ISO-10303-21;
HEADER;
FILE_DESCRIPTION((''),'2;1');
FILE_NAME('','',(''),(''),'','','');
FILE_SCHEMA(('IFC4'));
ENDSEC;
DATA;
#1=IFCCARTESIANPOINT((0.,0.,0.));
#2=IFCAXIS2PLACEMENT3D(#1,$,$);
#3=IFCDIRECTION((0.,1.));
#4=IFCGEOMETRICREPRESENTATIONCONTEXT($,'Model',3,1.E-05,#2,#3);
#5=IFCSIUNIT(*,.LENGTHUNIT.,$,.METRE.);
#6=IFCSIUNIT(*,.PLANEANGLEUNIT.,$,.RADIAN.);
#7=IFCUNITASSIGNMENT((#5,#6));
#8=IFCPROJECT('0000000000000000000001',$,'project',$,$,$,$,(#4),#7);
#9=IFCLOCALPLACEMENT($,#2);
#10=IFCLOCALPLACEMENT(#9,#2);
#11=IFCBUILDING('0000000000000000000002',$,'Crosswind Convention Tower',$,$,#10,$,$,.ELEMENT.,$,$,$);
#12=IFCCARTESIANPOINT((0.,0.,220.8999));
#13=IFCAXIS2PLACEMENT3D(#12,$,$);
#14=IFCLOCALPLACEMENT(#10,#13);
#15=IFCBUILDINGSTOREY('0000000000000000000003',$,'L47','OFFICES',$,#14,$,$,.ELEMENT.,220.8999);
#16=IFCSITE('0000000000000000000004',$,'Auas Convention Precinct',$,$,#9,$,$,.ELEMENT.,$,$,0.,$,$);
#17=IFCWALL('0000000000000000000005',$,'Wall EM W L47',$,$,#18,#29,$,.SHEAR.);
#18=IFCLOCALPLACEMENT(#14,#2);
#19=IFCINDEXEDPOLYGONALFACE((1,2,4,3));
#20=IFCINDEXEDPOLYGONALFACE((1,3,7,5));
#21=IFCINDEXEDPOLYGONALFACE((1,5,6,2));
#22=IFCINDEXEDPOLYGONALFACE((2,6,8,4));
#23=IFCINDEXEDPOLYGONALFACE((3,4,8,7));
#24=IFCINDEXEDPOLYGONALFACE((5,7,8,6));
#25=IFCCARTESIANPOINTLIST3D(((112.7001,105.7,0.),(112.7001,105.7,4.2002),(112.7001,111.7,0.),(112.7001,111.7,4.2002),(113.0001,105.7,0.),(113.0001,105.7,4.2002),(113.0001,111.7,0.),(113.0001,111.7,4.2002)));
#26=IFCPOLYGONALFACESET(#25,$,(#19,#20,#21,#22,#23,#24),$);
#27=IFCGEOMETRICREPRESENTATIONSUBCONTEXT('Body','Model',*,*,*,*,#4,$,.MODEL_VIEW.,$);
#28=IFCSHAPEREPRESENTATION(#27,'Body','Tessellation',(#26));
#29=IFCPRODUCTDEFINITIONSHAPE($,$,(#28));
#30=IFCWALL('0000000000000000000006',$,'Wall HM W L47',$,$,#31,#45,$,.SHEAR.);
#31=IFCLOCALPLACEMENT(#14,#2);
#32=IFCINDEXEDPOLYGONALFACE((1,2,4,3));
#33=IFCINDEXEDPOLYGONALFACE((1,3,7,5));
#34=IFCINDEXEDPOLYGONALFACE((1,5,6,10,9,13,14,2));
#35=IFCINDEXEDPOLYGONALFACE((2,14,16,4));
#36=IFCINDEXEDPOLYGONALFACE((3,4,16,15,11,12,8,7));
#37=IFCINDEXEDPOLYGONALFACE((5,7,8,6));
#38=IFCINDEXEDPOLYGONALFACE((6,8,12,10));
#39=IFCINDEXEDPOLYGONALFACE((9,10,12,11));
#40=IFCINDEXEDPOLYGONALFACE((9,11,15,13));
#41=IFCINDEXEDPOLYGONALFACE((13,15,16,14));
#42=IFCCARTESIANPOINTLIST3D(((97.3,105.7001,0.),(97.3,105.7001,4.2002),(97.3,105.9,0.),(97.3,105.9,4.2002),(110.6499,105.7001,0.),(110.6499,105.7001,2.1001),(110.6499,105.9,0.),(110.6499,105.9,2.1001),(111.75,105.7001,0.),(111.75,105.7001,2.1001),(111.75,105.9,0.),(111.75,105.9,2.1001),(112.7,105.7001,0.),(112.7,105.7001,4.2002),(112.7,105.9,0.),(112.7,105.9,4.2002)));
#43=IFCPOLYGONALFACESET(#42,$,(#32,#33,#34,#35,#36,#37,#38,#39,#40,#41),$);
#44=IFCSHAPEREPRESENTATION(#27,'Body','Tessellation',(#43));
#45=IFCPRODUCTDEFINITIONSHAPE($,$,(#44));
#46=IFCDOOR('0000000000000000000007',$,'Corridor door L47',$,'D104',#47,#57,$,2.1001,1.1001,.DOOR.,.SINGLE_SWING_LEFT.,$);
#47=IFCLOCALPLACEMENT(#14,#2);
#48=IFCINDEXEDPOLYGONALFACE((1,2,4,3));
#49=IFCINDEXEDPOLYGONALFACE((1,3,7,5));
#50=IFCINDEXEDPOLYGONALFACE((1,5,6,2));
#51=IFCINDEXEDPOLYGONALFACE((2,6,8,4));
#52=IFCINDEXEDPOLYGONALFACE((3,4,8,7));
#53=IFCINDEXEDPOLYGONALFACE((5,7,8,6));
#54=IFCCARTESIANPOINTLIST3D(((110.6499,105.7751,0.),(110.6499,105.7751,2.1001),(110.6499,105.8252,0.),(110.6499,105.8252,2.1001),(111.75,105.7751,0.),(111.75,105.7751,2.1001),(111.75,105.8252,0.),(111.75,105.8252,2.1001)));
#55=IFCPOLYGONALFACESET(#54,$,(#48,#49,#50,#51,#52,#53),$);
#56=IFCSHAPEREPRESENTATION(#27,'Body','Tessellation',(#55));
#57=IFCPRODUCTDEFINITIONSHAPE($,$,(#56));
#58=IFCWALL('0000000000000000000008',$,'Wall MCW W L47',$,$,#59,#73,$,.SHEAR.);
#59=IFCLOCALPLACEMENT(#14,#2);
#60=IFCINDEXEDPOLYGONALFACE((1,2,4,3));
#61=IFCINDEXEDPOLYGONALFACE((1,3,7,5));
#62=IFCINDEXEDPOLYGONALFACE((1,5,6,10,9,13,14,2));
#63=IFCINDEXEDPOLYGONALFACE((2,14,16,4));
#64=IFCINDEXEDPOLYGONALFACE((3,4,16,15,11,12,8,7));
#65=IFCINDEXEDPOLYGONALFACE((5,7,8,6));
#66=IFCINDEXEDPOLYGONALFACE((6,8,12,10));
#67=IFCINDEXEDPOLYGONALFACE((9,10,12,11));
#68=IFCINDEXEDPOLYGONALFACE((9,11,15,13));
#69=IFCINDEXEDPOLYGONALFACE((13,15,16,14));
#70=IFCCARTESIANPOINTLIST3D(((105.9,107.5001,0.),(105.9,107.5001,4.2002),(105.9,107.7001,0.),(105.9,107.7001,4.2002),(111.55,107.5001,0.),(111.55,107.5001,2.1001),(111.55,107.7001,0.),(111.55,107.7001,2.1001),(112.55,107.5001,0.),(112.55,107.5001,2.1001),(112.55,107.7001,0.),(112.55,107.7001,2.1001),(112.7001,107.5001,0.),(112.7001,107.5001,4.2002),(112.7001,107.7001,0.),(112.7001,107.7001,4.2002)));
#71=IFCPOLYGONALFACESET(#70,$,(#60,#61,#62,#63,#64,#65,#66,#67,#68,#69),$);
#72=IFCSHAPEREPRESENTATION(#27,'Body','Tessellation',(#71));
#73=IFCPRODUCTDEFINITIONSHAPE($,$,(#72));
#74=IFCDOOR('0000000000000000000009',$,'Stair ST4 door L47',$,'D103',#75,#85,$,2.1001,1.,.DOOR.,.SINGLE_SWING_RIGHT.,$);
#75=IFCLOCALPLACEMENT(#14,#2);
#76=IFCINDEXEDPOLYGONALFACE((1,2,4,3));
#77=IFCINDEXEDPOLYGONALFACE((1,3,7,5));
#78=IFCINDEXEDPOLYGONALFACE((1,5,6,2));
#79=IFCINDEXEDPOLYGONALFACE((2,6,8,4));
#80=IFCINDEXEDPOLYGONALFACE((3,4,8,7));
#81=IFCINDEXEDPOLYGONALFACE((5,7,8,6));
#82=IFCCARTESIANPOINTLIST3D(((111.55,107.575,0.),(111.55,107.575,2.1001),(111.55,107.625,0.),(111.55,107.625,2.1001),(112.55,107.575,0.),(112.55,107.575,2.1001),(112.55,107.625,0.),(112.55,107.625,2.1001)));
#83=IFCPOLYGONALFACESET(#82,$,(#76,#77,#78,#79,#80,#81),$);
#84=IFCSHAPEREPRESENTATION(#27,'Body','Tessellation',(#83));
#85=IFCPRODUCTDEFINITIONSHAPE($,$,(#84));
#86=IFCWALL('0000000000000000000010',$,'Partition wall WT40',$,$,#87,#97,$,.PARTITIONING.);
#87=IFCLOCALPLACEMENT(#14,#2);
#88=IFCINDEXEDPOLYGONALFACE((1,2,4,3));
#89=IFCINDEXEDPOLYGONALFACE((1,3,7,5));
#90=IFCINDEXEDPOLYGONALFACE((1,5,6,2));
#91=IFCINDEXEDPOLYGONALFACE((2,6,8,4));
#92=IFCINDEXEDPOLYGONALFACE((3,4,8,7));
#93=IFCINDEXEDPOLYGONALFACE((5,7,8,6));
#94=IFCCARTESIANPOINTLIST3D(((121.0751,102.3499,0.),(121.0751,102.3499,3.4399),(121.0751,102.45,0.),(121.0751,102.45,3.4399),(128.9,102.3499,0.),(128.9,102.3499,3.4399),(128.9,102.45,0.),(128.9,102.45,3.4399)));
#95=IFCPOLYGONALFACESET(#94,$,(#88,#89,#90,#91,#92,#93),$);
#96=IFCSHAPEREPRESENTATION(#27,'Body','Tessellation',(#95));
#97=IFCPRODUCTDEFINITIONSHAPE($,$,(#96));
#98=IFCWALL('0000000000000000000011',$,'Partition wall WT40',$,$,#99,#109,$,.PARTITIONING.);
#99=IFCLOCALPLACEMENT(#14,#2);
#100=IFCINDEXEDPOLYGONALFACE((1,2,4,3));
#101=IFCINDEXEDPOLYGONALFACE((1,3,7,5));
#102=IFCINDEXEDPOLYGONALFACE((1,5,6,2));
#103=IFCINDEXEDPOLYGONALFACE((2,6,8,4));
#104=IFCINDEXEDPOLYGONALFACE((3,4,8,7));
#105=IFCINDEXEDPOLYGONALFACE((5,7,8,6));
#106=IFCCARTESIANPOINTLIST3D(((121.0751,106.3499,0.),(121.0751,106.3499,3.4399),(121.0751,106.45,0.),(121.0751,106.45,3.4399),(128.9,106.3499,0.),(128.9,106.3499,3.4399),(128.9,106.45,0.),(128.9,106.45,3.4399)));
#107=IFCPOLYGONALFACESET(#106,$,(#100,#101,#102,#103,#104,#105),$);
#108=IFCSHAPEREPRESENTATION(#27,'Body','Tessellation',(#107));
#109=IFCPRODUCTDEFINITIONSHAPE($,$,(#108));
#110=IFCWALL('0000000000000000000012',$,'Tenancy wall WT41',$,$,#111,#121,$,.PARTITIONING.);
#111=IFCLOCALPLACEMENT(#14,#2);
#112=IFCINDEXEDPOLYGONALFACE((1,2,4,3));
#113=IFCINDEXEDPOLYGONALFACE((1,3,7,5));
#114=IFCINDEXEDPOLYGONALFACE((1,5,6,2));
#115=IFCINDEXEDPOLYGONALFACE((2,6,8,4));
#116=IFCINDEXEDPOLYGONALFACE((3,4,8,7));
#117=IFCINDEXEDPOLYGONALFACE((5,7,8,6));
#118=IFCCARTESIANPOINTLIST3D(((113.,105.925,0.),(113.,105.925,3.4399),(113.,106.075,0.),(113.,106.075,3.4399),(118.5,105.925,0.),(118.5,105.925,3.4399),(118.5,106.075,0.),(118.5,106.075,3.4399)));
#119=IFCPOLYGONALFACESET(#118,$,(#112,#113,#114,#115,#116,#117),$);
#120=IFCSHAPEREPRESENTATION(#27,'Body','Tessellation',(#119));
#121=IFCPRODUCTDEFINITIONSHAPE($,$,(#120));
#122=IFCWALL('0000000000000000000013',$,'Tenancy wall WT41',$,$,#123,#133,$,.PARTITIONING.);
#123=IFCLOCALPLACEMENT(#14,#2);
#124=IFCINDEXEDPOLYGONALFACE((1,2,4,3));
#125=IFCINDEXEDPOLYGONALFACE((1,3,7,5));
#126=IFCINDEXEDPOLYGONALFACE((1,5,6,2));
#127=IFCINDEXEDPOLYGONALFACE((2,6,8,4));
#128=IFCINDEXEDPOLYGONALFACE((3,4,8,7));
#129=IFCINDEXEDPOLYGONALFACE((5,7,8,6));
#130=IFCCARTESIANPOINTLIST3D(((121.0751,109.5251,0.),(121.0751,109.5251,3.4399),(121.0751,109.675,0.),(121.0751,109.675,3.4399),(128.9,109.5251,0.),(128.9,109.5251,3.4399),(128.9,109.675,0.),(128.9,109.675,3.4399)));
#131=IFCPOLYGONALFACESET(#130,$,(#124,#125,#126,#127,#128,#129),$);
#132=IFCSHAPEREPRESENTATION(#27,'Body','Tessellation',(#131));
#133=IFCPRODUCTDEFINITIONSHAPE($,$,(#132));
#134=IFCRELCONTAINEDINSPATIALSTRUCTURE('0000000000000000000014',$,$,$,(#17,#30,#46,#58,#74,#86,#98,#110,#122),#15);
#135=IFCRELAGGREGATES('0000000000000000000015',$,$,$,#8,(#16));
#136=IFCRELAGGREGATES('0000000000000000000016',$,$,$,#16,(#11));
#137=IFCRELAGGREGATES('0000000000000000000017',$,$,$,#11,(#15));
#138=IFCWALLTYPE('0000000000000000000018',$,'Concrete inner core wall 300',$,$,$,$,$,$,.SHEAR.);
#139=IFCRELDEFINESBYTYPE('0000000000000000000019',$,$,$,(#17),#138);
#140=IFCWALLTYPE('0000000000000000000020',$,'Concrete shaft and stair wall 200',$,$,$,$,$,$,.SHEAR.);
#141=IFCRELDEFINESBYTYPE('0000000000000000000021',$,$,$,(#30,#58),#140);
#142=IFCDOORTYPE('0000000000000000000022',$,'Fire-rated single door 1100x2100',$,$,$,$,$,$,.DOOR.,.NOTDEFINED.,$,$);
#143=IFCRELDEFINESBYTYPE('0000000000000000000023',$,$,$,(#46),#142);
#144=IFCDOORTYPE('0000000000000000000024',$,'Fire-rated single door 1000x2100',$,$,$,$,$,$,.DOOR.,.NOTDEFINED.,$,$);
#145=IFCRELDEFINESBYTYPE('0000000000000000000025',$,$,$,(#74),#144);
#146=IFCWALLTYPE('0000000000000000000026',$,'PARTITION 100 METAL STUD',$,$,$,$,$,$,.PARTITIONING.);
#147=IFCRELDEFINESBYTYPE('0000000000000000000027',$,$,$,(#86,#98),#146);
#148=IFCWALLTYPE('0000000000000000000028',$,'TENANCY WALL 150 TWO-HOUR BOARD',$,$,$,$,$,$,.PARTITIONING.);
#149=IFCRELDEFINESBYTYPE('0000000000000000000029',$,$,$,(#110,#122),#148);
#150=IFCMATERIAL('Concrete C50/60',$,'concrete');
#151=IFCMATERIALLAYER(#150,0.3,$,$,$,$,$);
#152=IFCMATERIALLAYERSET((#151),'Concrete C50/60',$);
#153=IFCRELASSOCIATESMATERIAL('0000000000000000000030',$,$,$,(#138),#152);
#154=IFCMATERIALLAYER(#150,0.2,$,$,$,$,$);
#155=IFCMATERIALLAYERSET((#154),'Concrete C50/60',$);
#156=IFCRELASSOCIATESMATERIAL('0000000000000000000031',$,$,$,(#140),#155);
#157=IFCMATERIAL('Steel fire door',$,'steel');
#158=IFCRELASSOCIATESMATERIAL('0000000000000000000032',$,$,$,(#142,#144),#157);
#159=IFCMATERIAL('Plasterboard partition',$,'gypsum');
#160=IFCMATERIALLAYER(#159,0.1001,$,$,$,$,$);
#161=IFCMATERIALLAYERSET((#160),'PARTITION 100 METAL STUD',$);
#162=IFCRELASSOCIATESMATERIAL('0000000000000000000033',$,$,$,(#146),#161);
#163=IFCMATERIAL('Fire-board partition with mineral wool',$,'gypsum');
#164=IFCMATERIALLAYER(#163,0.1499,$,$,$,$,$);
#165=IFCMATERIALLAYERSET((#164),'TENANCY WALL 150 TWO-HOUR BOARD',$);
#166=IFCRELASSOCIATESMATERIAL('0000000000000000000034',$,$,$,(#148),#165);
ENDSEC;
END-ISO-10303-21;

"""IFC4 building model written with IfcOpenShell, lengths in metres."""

from ifc_helpers import new_model, si_unit, direction, frame, frame_2d, origin, place, context, subcontext, project, spatial, rectangle, extrude, material, layer, layer_set, type_object, element, fill, save


model = new_model("IFC4")

# Units and contexts
model_context = context("Model", 3, precision=1e-05, world=origin(), true_north=direction((0.0, 1.0)))
body_context = subcontext(model_context, "Body", "Model", "MODEL_VIEW")
ifc_project = project(units=[si_unit("LENGTHUNIT", "METRE"), si_unit("PLANEANGLEUNIT", "RADIAN")], contexts=[model_context])

# Site, building, storey
site_placement = place(None, origin())
site = spatial("IfcSite", under=ifc_project, at=site_placement, Name="Auas Convention Precinct", CompositionType="ELEMENT", RefElevation=0.0)
building_placement = place(site_placement, origin())
building = spatial("IfcBuilding", under=site, at=building_placement, Name="Crosswind Convention Tower", CompositionType="ELEMENT")
storey_placement = place(building_placement, frame((0.0, 0.0, 220.8999)))
storey = spatial("IfcBuildingStorey", under=building, at=storey_placement, Name="L47", Description="OFFICES", CompositionType="ELEMENT", Elevation=220.8999)

# Shared definitions
ifc_material_1 = material(Name="Steel fire door", Category="steel")

# Shared definitions
ifc_material_2 = material(Name="Concrete C50/60", Category="concrete")
ifc_layer_1 = layer(ifc_material_2, 0.3)
ifc_layer_set_1 = layer_set([ifc_layer_1], Name="Concrete C50/60")
wall_type_1 = type_object("IfcWallType", Name="Concrete inner core wall 300", PredefinedType="SHEAR", material=ifc_layer_set_1)

# Wall
wall_1_placement = place(storey_placement, frame((112.8501, 111.7, 0.0), z_axis=(0.0, 0.0, 1.0), x_axis=(0.0, -1.0, 0.0)))
element("IfcWall", 1, at=wall_1_placement, inside=storey, type_object=wall_type_1, Name="Wall EM W L47", PredefinedType="SHEAR", context=body_context, shape_type="SweptSolid", body=[
    extrude(rectangle(XDim=6.0, YDim=0.3, at=frame_2d((3.0, 0.0))), origin(), (0.0, 0.0, 1.0), 4.2002),
])

# Walls, openings, doors
ifc_layer_2 = layer(ifc_material_2, 0.2)
ifc_layer_set_2 = layer_set([ifc_layer_2], Name="Concrete C50/60")
wall_type_2 = type_object("IfcWallType", Name="Concrete shaft and stair wall 200", PredefinedType="SHEAR", material=ifc_layer_set_2)
wall_2_placement = place(storey_placement, frame((112.7, 105.8, 0.0), z_axis=(0.0, 0.0, 1.0), x_axis=(-1.0, 0.0, 0.0)))
wall_2 = element("IfcWall", 2, at=wall_2_placement, inside=storey, type_object=wall_type_2, Name="Wall HM W L47", PredefinedType="SHEAR", context=body_context, shape_type="SweptSolid", body=[
    extrude(rectangle(XDim=15.3999, YDim=0.2, at=frame_2d((7.7, 0.0))), origin(), (0.0, 0.0, 1.0), 4.2002),
])
opening_1_placement = place(wall_2_placement, frame((0.95, 0.0, 0.0)))
opening_1 = element("IfcOpeningElement", 3, at=opening_1_placement, cuts=wall_2, PredefinedType="OPENING", context=body_context, shape_type="SweptSolid", body=[
    extrude(rectangle(XDim=1.1001, YDim=2.1001, at=frame_2d((0.55, 1.05))), frame((0.0, 0.1099, 0.0), z_axis=(0.0, -1.0, 0.0), x_axis=(1.0, 0.0, 0.0)), (0.0, 0.0, 1.0), 0.22),
])
door_type_1 = type_object("IfcDoorType", Name="Fire-rated single door 1100x2100", OperationType="NOTDEFINED", PredefinedType="DOOR", material=ifc_material_1)
door_1_placement = place(opening_1_placement, origin())
door_1 = element("IfcDoor", 4, at=door_1_placement, inside=storey, type_object=door_type_1, Name="Corridor door L47", ObjectType="D104", OperationType="SINGLE_SWING_LEFT", OverallHeight=2.1001, OverallWidth=1.1001, PredefinedType="DOOR", context=body_context, shape_type="SweptSolid", body=[
    extrude(rectangle(XDim=1.1001, YDim=2.1001, at=frame_2d((0.55, 1.05))), frame((0.0, 0.0249, 0.0), z_axis=(0.0, -1.0, 0.0), x_axis=(1.0, 0.0, 0.0)), (0.0, 0.0, 1.0), 0.05),
])
fill(opening_1, door_1)
wall_3_placement = place(storey_placement, frame((112.7, 107.6001, 0.0), z_axis=(0.0, 0.0, 1.0), x_axis=(-1.0, 0.0, 0.0)))
wall_3 = element("IfcWall", 5, at=wall_3_placement, inside=storey, type_object=wall_type_2, Name="Wall MCW W L47", PredefinedType="SHEAR", context=body_context, shape_type="SweptSolid", body=[
    extrude(rectangle(XDim=6.8, YDim=0.2, at=frame_2d((3.3999, 0.0))), origin(), (0.0, 0.0, 1.0), 4.2002),
])
opening_2_placement = place(wall_3_placement, frame((0.1499, 0.0, 0.0)))
opening_2 = element("IfcOpeningElement", 6, at=opening_2_placement, cuts=wall_3, PredefinedType="OPENING", context=body_context, shape_type="SweptSolid", body=[
    extrude(rectangle(XDim=1.0, YDim=2.1001, at=frame_2d((0.5, 1.05))), frame((0.0, 0.1099, 0.0), z_axis=(0.0, -1.0, 0.0), x_axis=(1.0, 0.0, 0.0)), (0.0, 0.0, 1.0), 0.22),
])
door_type_2 = type_object("IfcDoorType", Name="Fire-rated single door 1000x2100", OperationType="NOTDEFINED", PredefinedType="DOOR", material=ifc_material_1)
door_2_placement = place(opening_2_placement, frame((1.0, 0.0, 0.0), z_axis=(0.0, 0.0, 1.0), x_axis=(-1.0, 0.0, 0.0)))
door_2 = element("IfcDoor", 7, at=door_2_placement, inside=storey, type_object=door_type_2, Name="Stair ST4 door L47", ObjectType="D103", OperationType="SINGLE_SWING_RIGHT", OverallHeight=2.1001, OverallWidth=1.0, PredefinedType="DOOR", context=body_context, shape_type="SweptSolid", body=[
    extrude(rectangle(XDim=1.0, YDim=2.1001, at=frame_2d((0.5, 1.05))), frame((0.0, 0.0249, 0.0), z_axis=(0.0, -1.0, 0.0), x_axis=(1.0, 0.0, 0.0)), (0.0, 0.0, 1.0), 0.05),
])
fill(opening_2, door_2)

# Walls
ifc_material_3 = material(Name="Plasterboard partition", Category="gypsum")
ifc_layer_3 = layer(ifc_material_3, 0.1001)
ifc_layer_set_3 = layer_set([ifc_layer_3], Name="PARTITION 100 METAL STUD")
wall_type_3 = type_object("IfcWallType", Name="PARTITION 100 METAL STUD", PredefinedType="PARTITIONING", material=ifc_layer_set_3)
for number, where, z_axis, x_axis, name in (
    (8, (121.075, 102.3999, 0.0), (0.0, 0.0, 1.0), (1.0, 0.0, 0.0), "Partition wall WT40"),
    (9, (121.075, 106.3999, 0.0), (0.0, 0.0, 1.0), (1.0, 0.0, 0.0), "Partition wall WT40"),
):
    element("IfcWall", number, at=place(storey_placement, frame(where, z_axis=z_axis, x_axis=x_axis)), inside=storey, type_object=wall_type_3, Name=name, PredefinedType="PARTITIONING", context=body_context, shape_type="SweptSolid", body=[
        extrude(rectangle(XDim=7.825, YDim=0.1001, at=frame_2d((3.9126, 0.0))), origin(), (0.0, 0.0, 1.0), 3.4399),
    ])
ifc_material_4 = material(Name="Fire-board partition with mineral wool", Category="gypsum")
ifc_layer_4 = layer(ifc_material_4, 0.1499)
ifc_layer_set_4 = layer_set([ifc_layer_4], Name="TENANCY WALL 150 TWO-HOUR BOARD")
wall_type_4 = type_object("IfcWallType", Name="TENANCY WALL 150 TWO-HOUR BOARD", PredefinedType="PARTITIONING", material=ifc_layer_set_4)
wall_4_placement = place(storey_placement, frame((113.0, 106.0, 0.0), z_axis=(0.0, 0.0, 1.0), x_axis=(1.0, 0.0, 0.0)))
element("IfcWall", 10, at=wall_4_placement, inside=storey, type_object=wall_type_4, Name="Tenancy wall WT41", PredefinedType="PARTITIONING", context=body_context, shape_type="SweptSolid", body=[
    extrude(rectangle(XDim=5.5, YDim=0.1499, at=frame_2d((2.75, 0.0))), origin(), (0.0, 0.0, 1.0), 3.4399),
])
wall_5_placement = place(storey_placement, frame((121.075, 109.6001, 0.0), z_axis=(0.0, 0.0, 1.0), x_axis=(1.0, 0.0, 0.0)))
element("IfcWall", 11, at=wall_5_placement, inside=storey, type_object=wall_type_4, Name="Tenancy wall WT41", PredefinedType="PARTITIONING", context=body_context, shape_type="SweptSolid", body=[
    extrude(rectangle(XDim=7.825, YDim=0.1499, at=frame_2d((3.9126, 0.0))), origin(), (0.0, 0.0, 1.0), 3.4399),
])

save(model, "model.ifc")
